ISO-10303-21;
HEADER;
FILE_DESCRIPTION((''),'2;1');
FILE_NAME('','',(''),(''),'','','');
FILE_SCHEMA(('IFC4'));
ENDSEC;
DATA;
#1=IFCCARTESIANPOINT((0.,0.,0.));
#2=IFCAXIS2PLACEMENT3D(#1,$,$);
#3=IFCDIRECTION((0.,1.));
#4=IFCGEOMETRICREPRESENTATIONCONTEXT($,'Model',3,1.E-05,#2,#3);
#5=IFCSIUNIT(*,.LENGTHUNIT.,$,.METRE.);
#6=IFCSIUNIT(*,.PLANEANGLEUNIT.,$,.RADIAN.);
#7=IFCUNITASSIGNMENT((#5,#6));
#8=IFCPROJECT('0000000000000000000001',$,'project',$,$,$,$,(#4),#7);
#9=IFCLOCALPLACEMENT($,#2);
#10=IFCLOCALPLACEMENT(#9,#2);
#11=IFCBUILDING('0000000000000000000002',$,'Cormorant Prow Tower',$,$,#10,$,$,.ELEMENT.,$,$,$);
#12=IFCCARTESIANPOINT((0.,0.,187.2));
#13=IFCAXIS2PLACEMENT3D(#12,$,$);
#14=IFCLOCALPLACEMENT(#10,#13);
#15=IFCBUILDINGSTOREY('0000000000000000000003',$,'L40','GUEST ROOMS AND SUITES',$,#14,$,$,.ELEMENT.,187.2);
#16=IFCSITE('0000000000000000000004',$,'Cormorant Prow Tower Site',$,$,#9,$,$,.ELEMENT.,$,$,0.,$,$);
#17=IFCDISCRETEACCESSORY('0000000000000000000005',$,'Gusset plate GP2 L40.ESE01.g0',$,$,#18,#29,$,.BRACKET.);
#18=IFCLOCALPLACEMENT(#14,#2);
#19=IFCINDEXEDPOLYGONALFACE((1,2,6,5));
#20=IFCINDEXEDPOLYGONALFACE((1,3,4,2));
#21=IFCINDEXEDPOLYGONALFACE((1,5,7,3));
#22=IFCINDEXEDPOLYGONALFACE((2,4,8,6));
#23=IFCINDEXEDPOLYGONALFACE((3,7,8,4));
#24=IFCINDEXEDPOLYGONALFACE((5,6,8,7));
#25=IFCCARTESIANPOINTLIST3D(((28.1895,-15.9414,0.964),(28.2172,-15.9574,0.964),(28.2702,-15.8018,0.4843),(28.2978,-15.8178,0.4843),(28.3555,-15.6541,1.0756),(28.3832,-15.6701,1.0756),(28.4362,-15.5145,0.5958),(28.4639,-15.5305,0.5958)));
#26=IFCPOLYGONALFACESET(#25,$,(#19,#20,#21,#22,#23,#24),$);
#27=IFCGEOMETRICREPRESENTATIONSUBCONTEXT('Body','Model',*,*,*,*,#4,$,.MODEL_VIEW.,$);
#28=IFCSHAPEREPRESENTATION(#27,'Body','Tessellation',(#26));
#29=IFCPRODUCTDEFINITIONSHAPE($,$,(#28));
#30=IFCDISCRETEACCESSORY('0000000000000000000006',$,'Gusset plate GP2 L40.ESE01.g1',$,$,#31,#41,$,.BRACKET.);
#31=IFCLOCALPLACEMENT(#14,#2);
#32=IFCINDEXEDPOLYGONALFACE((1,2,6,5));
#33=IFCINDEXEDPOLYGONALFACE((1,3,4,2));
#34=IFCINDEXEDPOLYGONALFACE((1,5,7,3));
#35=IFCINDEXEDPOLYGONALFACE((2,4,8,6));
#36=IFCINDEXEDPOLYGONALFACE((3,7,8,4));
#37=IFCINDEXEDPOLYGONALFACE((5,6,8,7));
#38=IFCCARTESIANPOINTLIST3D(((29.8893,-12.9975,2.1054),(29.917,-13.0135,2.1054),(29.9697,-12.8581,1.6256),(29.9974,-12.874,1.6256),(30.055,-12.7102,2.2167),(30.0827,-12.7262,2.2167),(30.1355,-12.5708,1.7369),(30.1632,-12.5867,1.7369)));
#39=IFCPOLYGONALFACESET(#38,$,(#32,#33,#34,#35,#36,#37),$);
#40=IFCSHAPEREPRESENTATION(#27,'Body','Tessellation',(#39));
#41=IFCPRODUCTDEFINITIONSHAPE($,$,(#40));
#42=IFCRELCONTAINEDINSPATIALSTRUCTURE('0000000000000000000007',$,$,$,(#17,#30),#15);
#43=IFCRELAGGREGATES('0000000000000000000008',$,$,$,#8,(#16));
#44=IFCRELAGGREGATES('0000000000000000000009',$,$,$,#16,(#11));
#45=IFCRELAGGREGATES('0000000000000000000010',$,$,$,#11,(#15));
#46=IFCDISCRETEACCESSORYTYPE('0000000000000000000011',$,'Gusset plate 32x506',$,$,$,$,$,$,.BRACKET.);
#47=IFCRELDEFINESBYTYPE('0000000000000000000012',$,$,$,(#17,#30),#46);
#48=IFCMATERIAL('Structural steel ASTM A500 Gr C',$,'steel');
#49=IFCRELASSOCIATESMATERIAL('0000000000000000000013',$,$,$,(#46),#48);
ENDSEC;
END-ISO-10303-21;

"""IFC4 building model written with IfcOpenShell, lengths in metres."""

from ifc_helpers import new_model, si_unit, direction, frame, origin, origin_2d, place, context, subcontext, project, spatial, rectangle, extrude, material, material_profile, profile_set, type_object, element, save


model = new_model("IFC4")

# Units and contexts
model_context = context("Model", 3, precision=1e-05, world=origin(), true_north=direction((0.0, 1.0)))
body_context = subcontext(model_context, "Body", "Model", "MODEL_VIEW")
ifc_project = project(units=[si_unit("LENGTHUNIT", "METRE"), si_unit("PLANEANGLEUNIT", "RADIAN")], contexts=[model_context])

# Site, building, storey
site_placement = place(None, origin())
site = spatial("IfcSite", under=ifc_project, at=site_placement, Name="Cormorant Prow Tower Site", CompositionType="ELEMENT", RefElevation=0.0)
building_placement = place(site_placement, origin())
building = spatial("IfcBuilding", under=site, at=building_placement, Name="Cormorant Prow Tower", CompositionType="ELEMENT")
storey_placement = place(building_placement, frame((0.0, 0.0, 187.2)))
storey = spatial("IfcBuildingStorey", under=building, at=storey_placement, Name="L40", Description="GUEST ROOMS AND SUITES", CompositionType="ELEMENT", Elevation=187.2)

# Discrete accessories
ifc_material_1 = material(Name="Structural steel ASTM A500 Gr C", Category="steel")
ifc_material_profile_1 = material_profile(ifc_material_1, rectangle(XDim=0.032, YDim=0.5061, at=origin_2d()), Name="Gusset plate 32x506")
ifc_profile_set_1 = profile_set([ifc_material_profile_1], Name="Structural steel ASTM A500 Gr C")
discrete_accessory_type = type_object("IfcDiscreteAccessoryType", Name="Gusset plate 32x506", PredefinedType="BRACKET", material=ifc_profile_set_1)
for number, where, z_axis, x_axis, name in (
    (1, (28.4097, -15.5923, 0.8357), (-0.474172, -0.820737, -0.318672), (0.865879, -0.500253, 0.0), "Gusset plate GP2 L40.ESE01.g0"),
):
    element("IfcDiscreteAccessory", number, at=place(storey_placement, frame(where, z_axis=z_axis, x_axis=x_axis)), inside=storey, type_object=discrete_accessory_type, Name=name, PredefinedType="BRACKET", context=body_context, shape_type="SweptSolid", body=[
        extrude(rectangle(XDim=0.032, YDim=0.5061, at=origin_2d()), origin(), (0.0, 0.0, 1.0), 0.3501),
    ])
discrete_accessory_placement = place(storey_placement, frame((29.9434, -12.9358, 1.8655), z_axis=(0.473737, 0.82119, 0.31815), x_axis=(-0.866198, 0.499701, 0.0)))
element("IfcDiscreteAccessory", 2, at=discrete_accessory_placement, inside=storey, type_object=discrete_accessory_type, Name="Gusset plate GP2 L40.ESE01.g1", PredefinedType="BRACKET", context=body_context, shape_type="SweptSolid", body=[
    extrude(rectangle(XDim=0.032, YDim=0.5061, at=origin_2d()), origin(), (0.0, 0.0, 1.0), 0.3499),
])

save(model, "model.ifc")
